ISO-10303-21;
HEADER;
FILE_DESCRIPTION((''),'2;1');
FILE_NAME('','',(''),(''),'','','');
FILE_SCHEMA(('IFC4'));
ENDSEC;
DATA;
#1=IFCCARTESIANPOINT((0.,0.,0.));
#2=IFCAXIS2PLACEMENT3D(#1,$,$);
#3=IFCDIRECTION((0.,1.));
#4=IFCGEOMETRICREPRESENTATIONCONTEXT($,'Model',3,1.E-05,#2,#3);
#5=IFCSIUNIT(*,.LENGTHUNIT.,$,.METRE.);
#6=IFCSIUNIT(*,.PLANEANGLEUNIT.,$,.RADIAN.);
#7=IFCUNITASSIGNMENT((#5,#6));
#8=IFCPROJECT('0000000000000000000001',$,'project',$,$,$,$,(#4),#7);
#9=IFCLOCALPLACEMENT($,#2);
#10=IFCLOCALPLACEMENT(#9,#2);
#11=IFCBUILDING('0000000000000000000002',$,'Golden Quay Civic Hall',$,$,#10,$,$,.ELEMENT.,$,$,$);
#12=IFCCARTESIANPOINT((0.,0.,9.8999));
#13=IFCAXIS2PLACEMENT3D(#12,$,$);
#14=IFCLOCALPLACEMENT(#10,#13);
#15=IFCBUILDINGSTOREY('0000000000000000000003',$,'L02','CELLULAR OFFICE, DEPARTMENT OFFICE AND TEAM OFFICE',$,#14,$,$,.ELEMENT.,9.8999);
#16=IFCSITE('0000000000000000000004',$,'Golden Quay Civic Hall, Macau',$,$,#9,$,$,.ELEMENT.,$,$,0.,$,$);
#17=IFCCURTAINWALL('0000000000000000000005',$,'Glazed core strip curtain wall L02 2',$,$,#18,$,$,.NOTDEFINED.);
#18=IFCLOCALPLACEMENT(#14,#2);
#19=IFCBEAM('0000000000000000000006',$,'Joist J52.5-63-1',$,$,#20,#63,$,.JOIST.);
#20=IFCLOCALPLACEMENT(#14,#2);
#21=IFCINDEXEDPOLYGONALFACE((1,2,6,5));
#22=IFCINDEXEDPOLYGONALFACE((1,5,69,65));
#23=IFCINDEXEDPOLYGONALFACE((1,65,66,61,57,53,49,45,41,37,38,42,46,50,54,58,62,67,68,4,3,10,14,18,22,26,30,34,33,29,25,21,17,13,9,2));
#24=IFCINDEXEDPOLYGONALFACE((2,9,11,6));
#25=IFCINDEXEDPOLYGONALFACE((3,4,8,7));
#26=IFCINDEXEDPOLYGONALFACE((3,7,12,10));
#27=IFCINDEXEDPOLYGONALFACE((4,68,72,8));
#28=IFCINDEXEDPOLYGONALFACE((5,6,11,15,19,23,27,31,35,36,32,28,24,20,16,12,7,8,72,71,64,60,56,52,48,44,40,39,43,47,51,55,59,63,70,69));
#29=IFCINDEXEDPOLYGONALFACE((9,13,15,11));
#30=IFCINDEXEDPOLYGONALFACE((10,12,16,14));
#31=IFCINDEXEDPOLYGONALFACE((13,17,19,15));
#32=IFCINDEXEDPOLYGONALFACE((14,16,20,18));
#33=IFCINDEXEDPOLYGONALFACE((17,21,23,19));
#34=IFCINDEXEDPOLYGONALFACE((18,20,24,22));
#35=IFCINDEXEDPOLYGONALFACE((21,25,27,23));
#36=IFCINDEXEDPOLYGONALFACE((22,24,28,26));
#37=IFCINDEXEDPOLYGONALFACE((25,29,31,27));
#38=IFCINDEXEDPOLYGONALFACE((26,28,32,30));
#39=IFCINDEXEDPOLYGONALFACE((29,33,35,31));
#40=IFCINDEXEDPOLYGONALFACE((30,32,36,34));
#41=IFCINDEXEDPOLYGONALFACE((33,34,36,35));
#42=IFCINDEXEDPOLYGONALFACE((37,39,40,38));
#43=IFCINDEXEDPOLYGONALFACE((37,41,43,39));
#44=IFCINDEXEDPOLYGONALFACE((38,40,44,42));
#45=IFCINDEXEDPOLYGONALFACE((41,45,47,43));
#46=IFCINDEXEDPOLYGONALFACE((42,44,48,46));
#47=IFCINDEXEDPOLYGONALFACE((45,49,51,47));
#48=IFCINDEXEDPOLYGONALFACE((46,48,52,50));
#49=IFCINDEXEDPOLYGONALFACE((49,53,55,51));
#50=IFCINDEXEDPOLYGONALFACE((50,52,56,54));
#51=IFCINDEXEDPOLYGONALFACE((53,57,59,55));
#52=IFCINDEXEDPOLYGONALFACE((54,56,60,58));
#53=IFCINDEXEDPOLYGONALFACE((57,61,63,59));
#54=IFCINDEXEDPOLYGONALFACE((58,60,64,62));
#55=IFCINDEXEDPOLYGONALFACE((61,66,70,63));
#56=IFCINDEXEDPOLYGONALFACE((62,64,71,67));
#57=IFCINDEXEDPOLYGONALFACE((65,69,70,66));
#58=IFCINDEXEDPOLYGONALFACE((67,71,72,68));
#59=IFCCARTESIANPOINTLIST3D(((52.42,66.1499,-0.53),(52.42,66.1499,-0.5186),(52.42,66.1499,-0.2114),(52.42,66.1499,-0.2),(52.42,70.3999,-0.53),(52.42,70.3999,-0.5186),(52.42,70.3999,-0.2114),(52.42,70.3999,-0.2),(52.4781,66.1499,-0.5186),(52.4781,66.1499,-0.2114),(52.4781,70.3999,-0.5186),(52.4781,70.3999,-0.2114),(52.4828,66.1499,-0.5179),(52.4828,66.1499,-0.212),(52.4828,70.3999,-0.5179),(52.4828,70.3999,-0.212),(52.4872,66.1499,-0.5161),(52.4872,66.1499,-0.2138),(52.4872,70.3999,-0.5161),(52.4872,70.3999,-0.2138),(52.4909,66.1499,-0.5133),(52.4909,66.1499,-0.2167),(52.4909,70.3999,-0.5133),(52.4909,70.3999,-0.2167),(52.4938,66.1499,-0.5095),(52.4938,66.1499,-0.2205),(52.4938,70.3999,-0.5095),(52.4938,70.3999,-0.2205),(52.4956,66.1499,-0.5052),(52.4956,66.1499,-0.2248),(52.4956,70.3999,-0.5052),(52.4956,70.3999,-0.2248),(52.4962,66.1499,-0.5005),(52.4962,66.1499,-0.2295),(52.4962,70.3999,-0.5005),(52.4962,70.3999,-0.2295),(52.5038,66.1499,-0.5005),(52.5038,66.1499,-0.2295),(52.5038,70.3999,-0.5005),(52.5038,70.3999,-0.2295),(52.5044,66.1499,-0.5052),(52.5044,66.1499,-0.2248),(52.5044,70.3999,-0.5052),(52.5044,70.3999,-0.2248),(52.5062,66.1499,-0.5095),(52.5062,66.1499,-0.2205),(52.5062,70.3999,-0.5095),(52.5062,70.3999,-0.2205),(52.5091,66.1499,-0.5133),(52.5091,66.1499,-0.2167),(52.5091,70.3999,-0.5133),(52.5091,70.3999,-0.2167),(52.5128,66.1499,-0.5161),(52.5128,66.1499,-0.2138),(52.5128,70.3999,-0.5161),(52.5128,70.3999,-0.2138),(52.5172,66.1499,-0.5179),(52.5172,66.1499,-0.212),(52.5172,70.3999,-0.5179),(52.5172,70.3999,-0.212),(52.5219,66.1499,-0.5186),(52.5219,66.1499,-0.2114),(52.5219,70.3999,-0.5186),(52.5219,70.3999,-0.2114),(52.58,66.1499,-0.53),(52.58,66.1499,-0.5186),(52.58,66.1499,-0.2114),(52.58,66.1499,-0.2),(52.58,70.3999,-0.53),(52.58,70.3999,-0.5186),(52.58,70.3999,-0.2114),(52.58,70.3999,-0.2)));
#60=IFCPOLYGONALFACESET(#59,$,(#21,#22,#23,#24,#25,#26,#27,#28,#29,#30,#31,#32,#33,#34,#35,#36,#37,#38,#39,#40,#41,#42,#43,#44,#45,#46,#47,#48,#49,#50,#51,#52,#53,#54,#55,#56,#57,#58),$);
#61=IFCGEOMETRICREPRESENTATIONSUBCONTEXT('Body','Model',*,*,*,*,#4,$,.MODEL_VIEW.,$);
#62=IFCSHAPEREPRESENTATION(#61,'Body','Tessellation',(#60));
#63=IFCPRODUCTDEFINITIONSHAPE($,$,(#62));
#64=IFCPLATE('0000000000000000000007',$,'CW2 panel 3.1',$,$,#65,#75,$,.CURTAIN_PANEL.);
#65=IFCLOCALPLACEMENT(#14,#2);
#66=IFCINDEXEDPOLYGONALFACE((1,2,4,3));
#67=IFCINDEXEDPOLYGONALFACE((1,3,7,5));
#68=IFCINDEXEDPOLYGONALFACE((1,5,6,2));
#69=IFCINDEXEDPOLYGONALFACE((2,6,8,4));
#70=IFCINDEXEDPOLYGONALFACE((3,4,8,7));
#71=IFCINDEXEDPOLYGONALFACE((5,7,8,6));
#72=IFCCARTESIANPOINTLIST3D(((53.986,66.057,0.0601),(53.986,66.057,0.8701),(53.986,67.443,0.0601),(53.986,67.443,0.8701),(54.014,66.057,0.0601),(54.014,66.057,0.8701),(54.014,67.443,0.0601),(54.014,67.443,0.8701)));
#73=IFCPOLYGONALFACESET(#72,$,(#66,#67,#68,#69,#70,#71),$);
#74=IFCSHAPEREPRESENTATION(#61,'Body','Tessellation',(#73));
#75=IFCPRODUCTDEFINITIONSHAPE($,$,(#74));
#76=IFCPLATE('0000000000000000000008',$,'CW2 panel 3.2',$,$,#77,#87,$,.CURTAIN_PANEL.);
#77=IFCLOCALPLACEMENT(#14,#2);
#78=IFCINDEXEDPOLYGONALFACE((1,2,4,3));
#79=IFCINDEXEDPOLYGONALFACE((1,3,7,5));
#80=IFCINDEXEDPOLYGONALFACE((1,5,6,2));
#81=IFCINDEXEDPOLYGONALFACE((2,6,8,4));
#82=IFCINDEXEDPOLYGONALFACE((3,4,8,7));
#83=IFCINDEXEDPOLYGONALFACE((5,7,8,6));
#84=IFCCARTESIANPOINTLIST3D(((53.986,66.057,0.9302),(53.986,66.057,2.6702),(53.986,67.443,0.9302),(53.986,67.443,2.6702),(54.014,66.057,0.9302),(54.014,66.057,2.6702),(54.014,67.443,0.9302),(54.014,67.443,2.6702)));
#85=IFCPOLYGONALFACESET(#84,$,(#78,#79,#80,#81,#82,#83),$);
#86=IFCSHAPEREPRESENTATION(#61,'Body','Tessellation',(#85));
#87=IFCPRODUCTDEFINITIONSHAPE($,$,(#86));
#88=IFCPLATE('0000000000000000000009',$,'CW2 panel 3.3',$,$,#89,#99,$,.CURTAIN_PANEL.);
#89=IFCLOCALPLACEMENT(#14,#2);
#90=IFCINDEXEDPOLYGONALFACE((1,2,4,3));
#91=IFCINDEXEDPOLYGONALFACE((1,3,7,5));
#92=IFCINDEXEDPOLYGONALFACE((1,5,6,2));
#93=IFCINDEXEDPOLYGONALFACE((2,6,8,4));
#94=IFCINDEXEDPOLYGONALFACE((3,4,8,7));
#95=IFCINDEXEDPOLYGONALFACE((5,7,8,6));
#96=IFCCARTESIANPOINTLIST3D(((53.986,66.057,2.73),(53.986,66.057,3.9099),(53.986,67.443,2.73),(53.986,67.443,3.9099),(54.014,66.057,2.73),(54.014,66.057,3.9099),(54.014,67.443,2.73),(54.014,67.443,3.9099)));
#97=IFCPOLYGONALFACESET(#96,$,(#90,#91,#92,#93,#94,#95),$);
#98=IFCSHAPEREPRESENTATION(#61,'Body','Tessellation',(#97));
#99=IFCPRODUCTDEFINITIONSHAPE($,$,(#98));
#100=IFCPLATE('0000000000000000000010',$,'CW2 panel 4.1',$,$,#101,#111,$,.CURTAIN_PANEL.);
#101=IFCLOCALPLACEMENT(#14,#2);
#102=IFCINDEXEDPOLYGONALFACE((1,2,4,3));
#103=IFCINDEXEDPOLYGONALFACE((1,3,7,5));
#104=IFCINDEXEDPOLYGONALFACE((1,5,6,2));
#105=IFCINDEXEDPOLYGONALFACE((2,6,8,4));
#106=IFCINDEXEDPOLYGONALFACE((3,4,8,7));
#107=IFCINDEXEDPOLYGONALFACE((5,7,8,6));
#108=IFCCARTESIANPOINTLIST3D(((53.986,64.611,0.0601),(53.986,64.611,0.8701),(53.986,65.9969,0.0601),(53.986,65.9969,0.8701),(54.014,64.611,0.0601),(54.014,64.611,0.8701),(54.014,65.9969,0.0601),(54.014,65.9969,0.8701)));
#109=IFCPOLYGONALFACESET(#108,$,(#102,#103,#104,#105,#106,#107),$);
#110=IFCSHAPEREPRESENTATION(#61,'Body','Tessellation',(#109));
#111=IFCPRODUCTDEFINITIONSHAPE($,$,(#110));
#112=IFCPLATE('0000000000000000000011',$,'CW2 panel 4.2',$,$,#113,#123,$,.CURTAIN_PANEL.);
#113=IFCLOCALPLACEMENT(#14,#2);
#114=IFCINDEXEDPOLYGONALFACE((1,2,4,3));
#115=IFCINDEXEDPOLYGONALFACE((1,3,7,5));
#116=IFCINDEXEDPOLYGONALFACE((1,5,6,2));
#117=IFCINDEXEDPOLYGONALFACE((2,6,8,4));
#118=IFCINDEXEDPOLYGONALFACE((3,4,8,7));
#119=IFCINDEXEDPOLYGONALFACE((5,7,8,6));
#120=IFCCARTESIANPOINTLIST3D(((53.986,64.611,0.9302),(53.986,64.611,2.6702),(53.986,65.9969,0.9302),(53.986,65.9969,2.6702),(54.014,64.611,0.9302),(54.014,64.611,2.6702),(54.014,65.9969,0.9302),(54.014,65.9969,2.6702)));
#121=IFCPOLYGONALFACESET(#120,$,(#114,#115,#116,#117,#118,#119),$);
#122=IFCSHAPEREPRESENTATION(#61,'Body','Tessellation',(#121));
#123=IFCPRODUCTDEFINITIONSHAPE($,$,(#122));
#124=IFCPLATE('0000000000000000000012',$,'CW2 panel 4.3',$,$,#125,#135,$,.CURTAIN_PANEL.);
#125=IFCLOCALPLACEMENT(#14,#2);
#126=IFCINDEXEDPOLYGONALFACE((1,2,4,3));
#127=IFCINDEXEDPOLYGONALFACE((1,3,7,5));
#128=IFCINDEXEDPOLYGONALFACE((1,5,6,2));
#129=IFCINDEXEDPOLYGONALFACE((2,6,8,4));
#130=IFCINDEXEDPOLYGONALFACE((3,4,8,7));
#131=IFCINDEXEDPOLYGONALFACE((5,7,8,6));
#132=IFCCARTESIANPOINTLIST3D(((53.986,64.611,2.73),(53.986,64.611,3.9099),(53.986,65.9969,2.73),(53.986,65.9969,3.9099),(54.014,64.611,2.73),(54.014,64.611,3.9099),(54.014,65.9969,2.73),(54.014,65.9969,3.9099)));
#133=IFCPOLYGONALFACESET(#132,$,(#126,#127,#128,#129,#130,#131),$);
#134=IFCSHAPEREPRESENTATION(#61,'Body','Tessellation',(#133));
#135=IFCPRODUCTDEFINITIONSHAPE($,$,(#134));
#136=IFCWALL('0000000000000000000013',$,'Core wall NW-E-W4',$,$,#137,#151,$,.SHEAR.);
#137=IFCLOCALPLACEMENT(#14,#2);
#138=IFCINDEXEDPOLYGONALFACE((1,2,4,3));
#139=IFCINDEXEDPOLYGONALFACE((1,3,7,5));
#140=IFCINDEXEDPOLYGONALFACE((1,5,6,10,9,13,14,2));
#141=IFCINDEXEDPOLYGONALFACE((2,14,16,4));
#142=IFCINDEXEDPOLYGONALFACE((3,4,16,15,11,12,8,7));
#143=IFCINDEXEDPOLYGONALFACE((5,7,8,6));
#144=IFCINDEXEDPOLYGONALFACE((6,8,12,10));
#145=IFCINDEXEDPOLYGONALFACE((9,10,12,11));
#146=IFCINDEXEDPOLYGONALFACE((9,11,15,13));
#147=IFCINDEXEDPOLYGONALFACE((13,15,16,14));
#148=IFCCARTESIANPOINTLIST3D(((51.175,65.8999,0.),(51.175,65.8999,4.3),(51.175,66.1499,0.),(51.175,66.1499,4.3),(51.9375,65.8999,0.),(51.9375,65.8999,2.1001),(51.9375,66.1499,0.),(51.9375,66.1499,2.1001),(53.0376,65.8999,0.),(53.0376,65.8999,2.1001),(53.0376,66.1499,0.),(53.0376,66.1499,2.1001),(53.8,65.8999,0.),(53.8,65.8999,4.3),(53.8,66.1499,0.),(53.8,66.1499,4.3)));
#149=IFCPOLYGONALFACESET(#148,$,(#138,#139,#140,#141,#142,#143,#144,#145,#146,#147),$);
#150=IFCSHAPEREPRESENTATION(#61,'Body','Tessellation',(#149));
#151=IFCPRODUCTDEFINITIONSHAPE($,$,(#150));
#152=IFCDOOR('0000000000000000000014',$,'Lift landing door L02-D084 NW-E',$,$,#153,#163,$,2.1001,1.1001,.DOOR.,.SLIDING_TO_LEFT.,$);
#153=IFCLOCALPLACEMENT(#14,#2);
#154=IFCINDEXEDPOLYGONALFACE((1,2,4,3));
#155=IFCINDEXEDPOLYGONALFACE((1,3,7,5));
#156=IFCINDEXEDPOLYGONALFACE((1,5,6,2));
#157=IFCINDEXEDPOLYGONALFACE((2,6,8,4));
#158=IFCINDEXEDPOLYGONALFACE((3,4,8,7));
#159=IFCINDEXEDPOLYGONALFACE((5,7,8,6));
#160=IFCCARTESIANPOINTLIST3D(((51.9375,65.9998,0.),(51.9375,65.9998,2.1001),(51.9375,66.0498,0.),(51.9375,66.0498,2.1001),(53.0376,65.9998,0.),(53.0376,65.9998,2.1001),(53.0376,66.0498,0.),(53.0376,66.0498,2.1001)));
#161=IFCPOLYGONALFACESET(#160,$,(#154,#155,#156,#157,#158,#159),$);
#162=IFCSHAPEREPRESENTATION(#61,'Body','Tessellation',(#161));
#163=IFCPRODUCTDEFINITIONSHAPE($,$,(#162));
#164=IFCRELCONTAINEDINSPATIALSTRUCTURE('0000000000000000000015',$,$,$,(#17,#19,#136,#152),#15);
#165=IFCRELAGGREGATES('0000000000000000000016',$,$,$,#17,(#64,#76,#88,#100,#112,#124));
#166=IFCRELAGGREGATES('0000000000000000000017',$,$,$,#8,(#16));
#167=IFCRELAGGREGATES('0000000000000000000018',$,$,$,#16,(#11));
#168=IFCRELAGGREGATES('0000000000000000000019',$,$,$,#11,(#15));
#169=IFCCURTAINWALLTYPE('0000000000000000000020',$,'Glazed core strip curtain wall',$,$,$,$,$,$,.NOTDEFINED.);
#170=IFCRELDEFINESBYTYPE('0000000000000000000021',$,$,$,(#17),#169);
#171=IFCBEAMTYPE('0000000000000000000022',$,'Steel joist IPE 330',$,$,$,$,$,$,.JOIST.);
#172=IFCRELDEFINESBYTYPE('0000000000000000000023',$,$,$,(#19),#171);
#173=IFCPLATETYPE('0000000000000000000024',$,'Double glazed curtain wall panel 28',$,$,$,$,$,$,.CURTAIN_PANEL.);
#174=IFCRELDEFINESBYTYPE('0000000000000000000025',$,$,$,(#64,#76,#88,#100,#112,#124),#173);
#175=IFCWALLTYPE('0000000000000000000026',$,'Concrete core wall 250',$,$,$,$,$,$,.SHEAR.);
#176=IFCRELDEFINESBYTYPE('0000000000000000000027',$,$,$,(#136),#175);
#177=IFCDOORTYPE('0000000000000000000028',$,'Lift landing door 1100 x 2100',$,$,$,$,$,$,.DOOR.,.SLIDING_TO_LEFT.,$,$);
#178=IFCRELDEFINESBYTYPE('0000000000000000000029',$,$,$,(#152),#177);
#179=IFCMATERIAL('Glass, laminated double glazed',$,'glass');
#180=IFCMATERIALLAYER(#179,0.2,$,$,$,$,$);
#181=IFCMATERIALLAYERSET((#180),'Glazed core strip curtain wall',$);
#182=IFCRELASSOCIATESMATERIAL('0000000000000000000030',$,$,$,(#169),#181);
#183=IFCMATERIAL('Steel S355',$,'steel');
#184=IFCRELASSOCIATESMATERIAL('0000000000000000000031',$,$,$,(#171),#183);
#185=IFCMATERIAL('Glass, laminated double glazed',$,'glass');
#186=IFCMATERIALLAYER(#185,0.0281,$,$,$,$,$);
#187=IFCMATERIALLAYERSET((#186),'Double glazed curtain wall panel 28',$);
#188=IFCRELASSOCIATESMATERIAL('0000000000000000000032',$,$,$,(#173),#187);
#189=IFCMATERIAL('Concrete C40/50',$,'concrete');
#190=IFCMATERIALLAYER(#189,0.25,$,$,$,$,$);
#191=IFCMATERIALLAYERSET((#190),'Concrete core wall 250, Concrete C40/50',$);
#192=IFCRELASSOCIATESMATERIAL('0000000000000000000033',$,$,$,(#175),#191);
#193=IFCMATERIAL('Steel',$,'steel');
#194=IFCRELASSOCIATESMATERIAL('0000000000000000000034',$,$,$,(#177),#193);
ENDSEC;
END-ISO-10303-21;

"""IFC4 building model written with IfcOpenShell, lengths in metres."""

from ifc_helpers import new_model, si_unit, direction, frame, frame_2d, origin, origin_2d, place, context, subcontext, project, spatial, rectangle, i_section, extrude, material, layer, layer_set, material_profile, profile_set, type_object, element, fill, aggregate, save


model = new_model("IFC4")

# Units and contexts
model_context = context("Model", 3, precision=1e-05, world=origin(), true_north=direction((0.0, 1.0)))
body_context = subcontext(model_context, "Body", "Model", "MODEL_VIEW")
ifc_project = project(units=[si_unit("LENGTHUNIT", "METRE"), si_unit("PLANEANGLEUNIT", "RADIAN")], contexts=[model_context])

# Site, building, storey
site_placement = place(None, origin())
site = spatial("IfcSite", under=ifc_project, at=site_placement, Name="Golden Quay Civic Hall, Macau", CompositionType="ELEMENT", RefElevation=0.0)
building_placement = place(site_placement, origin())
building = spatial("IfcBuilding", under=site, at=building_placement, Name="Golden Quay Civic Hall", CompositionType="ELEMENT")
storey_placement = place(building_placement, frame((0.0, 0.0, 9.8999)))
storey = spatial("IfcBuildingStorey", under=building, at=storey_placement, Name="L02", Description="CELLULAR OFFICE, DEPARTMENT OFFICE AND TEAM OFFICE", CompositionType="ELEMENT", Elevation=9.8999)

# Curtain wall
ifc_material_1 = material(Name="Glass, laminated double glazed", Category="glass")
ifc_layer_1 = layer(ifc_material_1, 0.2)
ifc_layer_set_1 = layer_set([ifc_layer_1], Name="Glazed core strip curtain wall")
curtain_wall_type = type_object("IfcCurtainWallType", Name="Glazed core strip curtain wall", PredefinedType="NOTDEFINED", material=ifc_layer_set_1)
curtain_wall_placement = place(storey_placement, origin())
curtain_wall = element("IfcCurtainWall", 1, at=curtain_wall_placement, inside=storey, type_object=curtain_wall_type, Name="Glazed core strip curtain wall L02 2", PredefinedType="NOTDEFINED")

# Beam
ifc_material_2 = material(Name="Steel S355", Category="steel")
ifc_material_profile_1 = material_profile(ifc_material_2, i_section(OverallWidth=0.1599, OverallDepth=0.3301, WebThickness=0.0076, FlangeThickness=0.0115, FilletRadius=0.0181, at=origin_2d()), Name="IPE 330")
ifc_profile_set_1 = profile_set([ifc_material_profile_1], Name="Steel S355")
beam_type = type_object("IfcBeamType", Name="Steel joist IPE 330", PredefinedType="JOIST", material=ifc_profile_set_1)
beam_placement = place(storey_placement, frame((52.5, 66.1499, -0.365), z_axis=(0.0, 1.0, 0.0), x_axis=(-1.0, 0.0, 0.0)))
element("IfcBeam", 2, at=beam_placement, inside=storey, type_object=beam_type, Name="Joist J52.5-63-1", PredefinedType="JOIST", context=body_context, shape_type="SweptSolid", body=[
    extrude(i_section(OverallWidth=0.1599, OverallDepth=0.3301, WebThickness=0.0076, FlangeThickness=0.0115, FilletRadius=0.0181, at=origin_2d()), origin(), (0.0, 0.0, 1.0), 4.25),
])

# Plates
ifc_material_3 = material(Name="Glass, laminated double glazed", Category="glass")
ifc_layer_2 = layer(ifc_material_3, 0.0281)
ifc_layer_set_2 = layer_set([ifc_layer_2], Name="Double glazed curtain wall panel 28")
plate_type = type_object("IfcPlateType", Name="Double glazed curtain wall panel 28", PredefinedType="CURTAIN_PANEL", material=ifc_layer_set_2)
plate_1_placement = place(storey_placement, frame((54.0, 66.75, 0.0601), z_axis=(0.0, 0.0, 1.0), x_axis=(0.0, -1.0, 0.0)))
plate_1 = element("IfcPlate", 3, at=plate_1_placement, type_object=plate_type, Name="CW2 panel 3.1", PredefinedType="CURTAIN_PANEL", context=body_context, shape_type="SweptSolid", body=[
    extrude(rectangle(XDim=1.386, YDim=0.0281, at=origin_2d()), origin(), (0.0, 0.0, 1.0), 0.8101),
])
plate_2_placement = place(storey_placement, frame((54.0, 66.75, 0.9302), z_axis=(0.0, 0.0, 1.0), x_axis=(0.0, -1.0, 0.0)))
plate_2 = element("IfcPlate", 4, at=plate_2_placement, type_object=plate_type, Name="CW2 panel 3.2", PredefinedType="CURTAIN_PANEL", context=body_context, shape_type="SweptSolid", body=[
    extrude(rectangle(XDim=1.386, YDim=0.0281, at=origin_2d()), origin(), (0.0, 0.0, 1.0), 1.74),
])
plate_3_placement = place(storey_placement, frame((54.0, 66.75, 2.73), z_axis=(0.0, 0.0, 1.0), x_axis=(0.0, -1.0, 0.0)))
plate_3 = element("IfcPlate", 5, at=plate_3_placement, type_object=plate_type, Name="CW2 panel 3.3", PredefinedType="CURTAIN_PANEL", context=body_context, shape_type="SweptSolid", body=[
    extrude(rectangle(XDim=1.386, YDim=0.0281, at=origin_2d()), origin(), (0.0, 0.0, 1.0), 1.1799),
])
plate_4_placement = place(storey_placement, frame((54.0, 65.304, 0.0601), z_axis=(0.0, 0.0, 1.0), x_axis=(0.0, -1.0, 0.0)))
plate_4 = element("IfcPlate", 6, at=plate_4_placement, type_object=plate_type, Name="CW2 panel 4.1", PredefinedType="CURTAIN_PANEL", context=body_context, shape_type="SweptSolid", body=[
    extrude(rectangle(XDim=1.386, YDim=0.0281, at=origin_2d()), origin(), (0.0, 0.0, 1.0), 0.8101),
])
plate_5_placement = place(storey_placement, frame((54.0, 65.304, 0.9302), z_axis=(0.0, 0.0, 1.0), x_axis=(0.0, -1.0, 0.0)))
plate_5 = element("IfcPlate", 7, at=plate_5_placement, type_object=plate_type, Name="CW2 panel 4.2", PredefinedType="CURTAIN_PANEL", context=body_context, shape_type="SweptSolid", body=[
    extrude(rectangle(XDim=1.386, YDim=0.0281, at=origin_2d()), origin(), (0.0, 0.0, 1.0), 1.74),
])
plate_6_placement = place(storey_placement, frame((54.0, 65.304, 2.73), z_axis=(0.0, 0.0, 1.0), x_axis=(0.0, -1.0, 0.0)))
plate_6 = element("IfcPlate", 8, at=plate_6_placement, type_object=plate_type, Name="CW2 panel 4.3", PredefinedType="CURTAIN_PANEL", context=body_context, shape_type="SweptSolid", body=[
    extrude(rectangle(XDim=1.386, YDim=0.0281, at=origin_2d()), origin(), (0.0, 0.0, 1.0), 1.1799),
])
aggregate(curtain_wall, [plate_1, plate_2, plate_3, plate_4, plate_5, plate_6])

# Wall, opening, door
ifc_material_4 = material(Name="Concrete C40/50", Category="concrete")
ifc_layer_3 = layer(ifc_material_4, 0.25)
ifc_layer_set_3 = layer_set([ifc_layer_3], Name="Concrete core wall 250, Concrete C40/50")
wall_type = type_object("IfcWallType", Name="Concrete core wall 250", PredefinedType="SHEAR", material=ifc_layer_set_3)
wall_placement = place(storey_placement, frame((51.175, 66.0249, 0.0), z_axis=(0.0, 0.0, 1.0), x_axis=(1.0, 0.0, 0.0)))
wall = element("IfcWall", 9, at=wall_placement, inside=storey, type_object=wall_type, Name="Core wall NW-E-W4", PredefinedType="SHEAR", context=body_context, shape_type="SweptSolid", body=[
    extrude(rectangle(XDim=2.625, YDim=0.25, at=frame_2d((1.3125, 0.0))), origin(), (0.0, 0.0, 1.0), 4.3),
])
opening_placement = place(wall_placement, frame((0.7625, 0.0, 0.0)))
opening = element("IfcOpeningElement", 10, at=opening_placement, cuts=wall, PredefinedType="OPENING", context=body_context, shape_type="SweptSolid", body=[
    extrude(rectangle(XDim=1.1001, YDim=2.1001, at=frame_2d((0.55, 1.05))), frame((0.0, 0.135, 0.0), z_axis=(0.0, -1.0, 0.0), x_axis=(1.0, 0.0, 0.0)), (0.0, 0.0, 1.0), 0.27),
])
ifc_material_5 = material(Name="Steel", Category="steel")
door_type = type_object("IfcDoorType", Name="Lift landing door 1100 x 2100", OperationType="SLIDING_TO_LEFT", PredefinedType="DOOR", material=ifc_material_5)
door_placement = place(opening_placement, origin())
door = element("IfcDoor", 11, at=door_placement, inside=storey, type_object=door_type, Name="Lift landing door L02-D084 NW-E", OperationType="SLIDING_TO_LEFT", OverallHeight=2.1001, OverallWidth=1.1001, PredefinedType="DOOR", context=body_context, shape_type="SweptSolid", body=[
    extrude(rectangle(XDim=1.1001, YDim=2.1001, at=frame_2d((0.55, 1.05))), frame((0.0, 0.0249, 0.0), z_axis=(0.0, -1.0, 0.0), x_axis=(1.0, 0.0, 0.0)), (0.0, 0.0, 1.0), 0.05),
])
fill(opening, door)

save(model, "model.ifc")
